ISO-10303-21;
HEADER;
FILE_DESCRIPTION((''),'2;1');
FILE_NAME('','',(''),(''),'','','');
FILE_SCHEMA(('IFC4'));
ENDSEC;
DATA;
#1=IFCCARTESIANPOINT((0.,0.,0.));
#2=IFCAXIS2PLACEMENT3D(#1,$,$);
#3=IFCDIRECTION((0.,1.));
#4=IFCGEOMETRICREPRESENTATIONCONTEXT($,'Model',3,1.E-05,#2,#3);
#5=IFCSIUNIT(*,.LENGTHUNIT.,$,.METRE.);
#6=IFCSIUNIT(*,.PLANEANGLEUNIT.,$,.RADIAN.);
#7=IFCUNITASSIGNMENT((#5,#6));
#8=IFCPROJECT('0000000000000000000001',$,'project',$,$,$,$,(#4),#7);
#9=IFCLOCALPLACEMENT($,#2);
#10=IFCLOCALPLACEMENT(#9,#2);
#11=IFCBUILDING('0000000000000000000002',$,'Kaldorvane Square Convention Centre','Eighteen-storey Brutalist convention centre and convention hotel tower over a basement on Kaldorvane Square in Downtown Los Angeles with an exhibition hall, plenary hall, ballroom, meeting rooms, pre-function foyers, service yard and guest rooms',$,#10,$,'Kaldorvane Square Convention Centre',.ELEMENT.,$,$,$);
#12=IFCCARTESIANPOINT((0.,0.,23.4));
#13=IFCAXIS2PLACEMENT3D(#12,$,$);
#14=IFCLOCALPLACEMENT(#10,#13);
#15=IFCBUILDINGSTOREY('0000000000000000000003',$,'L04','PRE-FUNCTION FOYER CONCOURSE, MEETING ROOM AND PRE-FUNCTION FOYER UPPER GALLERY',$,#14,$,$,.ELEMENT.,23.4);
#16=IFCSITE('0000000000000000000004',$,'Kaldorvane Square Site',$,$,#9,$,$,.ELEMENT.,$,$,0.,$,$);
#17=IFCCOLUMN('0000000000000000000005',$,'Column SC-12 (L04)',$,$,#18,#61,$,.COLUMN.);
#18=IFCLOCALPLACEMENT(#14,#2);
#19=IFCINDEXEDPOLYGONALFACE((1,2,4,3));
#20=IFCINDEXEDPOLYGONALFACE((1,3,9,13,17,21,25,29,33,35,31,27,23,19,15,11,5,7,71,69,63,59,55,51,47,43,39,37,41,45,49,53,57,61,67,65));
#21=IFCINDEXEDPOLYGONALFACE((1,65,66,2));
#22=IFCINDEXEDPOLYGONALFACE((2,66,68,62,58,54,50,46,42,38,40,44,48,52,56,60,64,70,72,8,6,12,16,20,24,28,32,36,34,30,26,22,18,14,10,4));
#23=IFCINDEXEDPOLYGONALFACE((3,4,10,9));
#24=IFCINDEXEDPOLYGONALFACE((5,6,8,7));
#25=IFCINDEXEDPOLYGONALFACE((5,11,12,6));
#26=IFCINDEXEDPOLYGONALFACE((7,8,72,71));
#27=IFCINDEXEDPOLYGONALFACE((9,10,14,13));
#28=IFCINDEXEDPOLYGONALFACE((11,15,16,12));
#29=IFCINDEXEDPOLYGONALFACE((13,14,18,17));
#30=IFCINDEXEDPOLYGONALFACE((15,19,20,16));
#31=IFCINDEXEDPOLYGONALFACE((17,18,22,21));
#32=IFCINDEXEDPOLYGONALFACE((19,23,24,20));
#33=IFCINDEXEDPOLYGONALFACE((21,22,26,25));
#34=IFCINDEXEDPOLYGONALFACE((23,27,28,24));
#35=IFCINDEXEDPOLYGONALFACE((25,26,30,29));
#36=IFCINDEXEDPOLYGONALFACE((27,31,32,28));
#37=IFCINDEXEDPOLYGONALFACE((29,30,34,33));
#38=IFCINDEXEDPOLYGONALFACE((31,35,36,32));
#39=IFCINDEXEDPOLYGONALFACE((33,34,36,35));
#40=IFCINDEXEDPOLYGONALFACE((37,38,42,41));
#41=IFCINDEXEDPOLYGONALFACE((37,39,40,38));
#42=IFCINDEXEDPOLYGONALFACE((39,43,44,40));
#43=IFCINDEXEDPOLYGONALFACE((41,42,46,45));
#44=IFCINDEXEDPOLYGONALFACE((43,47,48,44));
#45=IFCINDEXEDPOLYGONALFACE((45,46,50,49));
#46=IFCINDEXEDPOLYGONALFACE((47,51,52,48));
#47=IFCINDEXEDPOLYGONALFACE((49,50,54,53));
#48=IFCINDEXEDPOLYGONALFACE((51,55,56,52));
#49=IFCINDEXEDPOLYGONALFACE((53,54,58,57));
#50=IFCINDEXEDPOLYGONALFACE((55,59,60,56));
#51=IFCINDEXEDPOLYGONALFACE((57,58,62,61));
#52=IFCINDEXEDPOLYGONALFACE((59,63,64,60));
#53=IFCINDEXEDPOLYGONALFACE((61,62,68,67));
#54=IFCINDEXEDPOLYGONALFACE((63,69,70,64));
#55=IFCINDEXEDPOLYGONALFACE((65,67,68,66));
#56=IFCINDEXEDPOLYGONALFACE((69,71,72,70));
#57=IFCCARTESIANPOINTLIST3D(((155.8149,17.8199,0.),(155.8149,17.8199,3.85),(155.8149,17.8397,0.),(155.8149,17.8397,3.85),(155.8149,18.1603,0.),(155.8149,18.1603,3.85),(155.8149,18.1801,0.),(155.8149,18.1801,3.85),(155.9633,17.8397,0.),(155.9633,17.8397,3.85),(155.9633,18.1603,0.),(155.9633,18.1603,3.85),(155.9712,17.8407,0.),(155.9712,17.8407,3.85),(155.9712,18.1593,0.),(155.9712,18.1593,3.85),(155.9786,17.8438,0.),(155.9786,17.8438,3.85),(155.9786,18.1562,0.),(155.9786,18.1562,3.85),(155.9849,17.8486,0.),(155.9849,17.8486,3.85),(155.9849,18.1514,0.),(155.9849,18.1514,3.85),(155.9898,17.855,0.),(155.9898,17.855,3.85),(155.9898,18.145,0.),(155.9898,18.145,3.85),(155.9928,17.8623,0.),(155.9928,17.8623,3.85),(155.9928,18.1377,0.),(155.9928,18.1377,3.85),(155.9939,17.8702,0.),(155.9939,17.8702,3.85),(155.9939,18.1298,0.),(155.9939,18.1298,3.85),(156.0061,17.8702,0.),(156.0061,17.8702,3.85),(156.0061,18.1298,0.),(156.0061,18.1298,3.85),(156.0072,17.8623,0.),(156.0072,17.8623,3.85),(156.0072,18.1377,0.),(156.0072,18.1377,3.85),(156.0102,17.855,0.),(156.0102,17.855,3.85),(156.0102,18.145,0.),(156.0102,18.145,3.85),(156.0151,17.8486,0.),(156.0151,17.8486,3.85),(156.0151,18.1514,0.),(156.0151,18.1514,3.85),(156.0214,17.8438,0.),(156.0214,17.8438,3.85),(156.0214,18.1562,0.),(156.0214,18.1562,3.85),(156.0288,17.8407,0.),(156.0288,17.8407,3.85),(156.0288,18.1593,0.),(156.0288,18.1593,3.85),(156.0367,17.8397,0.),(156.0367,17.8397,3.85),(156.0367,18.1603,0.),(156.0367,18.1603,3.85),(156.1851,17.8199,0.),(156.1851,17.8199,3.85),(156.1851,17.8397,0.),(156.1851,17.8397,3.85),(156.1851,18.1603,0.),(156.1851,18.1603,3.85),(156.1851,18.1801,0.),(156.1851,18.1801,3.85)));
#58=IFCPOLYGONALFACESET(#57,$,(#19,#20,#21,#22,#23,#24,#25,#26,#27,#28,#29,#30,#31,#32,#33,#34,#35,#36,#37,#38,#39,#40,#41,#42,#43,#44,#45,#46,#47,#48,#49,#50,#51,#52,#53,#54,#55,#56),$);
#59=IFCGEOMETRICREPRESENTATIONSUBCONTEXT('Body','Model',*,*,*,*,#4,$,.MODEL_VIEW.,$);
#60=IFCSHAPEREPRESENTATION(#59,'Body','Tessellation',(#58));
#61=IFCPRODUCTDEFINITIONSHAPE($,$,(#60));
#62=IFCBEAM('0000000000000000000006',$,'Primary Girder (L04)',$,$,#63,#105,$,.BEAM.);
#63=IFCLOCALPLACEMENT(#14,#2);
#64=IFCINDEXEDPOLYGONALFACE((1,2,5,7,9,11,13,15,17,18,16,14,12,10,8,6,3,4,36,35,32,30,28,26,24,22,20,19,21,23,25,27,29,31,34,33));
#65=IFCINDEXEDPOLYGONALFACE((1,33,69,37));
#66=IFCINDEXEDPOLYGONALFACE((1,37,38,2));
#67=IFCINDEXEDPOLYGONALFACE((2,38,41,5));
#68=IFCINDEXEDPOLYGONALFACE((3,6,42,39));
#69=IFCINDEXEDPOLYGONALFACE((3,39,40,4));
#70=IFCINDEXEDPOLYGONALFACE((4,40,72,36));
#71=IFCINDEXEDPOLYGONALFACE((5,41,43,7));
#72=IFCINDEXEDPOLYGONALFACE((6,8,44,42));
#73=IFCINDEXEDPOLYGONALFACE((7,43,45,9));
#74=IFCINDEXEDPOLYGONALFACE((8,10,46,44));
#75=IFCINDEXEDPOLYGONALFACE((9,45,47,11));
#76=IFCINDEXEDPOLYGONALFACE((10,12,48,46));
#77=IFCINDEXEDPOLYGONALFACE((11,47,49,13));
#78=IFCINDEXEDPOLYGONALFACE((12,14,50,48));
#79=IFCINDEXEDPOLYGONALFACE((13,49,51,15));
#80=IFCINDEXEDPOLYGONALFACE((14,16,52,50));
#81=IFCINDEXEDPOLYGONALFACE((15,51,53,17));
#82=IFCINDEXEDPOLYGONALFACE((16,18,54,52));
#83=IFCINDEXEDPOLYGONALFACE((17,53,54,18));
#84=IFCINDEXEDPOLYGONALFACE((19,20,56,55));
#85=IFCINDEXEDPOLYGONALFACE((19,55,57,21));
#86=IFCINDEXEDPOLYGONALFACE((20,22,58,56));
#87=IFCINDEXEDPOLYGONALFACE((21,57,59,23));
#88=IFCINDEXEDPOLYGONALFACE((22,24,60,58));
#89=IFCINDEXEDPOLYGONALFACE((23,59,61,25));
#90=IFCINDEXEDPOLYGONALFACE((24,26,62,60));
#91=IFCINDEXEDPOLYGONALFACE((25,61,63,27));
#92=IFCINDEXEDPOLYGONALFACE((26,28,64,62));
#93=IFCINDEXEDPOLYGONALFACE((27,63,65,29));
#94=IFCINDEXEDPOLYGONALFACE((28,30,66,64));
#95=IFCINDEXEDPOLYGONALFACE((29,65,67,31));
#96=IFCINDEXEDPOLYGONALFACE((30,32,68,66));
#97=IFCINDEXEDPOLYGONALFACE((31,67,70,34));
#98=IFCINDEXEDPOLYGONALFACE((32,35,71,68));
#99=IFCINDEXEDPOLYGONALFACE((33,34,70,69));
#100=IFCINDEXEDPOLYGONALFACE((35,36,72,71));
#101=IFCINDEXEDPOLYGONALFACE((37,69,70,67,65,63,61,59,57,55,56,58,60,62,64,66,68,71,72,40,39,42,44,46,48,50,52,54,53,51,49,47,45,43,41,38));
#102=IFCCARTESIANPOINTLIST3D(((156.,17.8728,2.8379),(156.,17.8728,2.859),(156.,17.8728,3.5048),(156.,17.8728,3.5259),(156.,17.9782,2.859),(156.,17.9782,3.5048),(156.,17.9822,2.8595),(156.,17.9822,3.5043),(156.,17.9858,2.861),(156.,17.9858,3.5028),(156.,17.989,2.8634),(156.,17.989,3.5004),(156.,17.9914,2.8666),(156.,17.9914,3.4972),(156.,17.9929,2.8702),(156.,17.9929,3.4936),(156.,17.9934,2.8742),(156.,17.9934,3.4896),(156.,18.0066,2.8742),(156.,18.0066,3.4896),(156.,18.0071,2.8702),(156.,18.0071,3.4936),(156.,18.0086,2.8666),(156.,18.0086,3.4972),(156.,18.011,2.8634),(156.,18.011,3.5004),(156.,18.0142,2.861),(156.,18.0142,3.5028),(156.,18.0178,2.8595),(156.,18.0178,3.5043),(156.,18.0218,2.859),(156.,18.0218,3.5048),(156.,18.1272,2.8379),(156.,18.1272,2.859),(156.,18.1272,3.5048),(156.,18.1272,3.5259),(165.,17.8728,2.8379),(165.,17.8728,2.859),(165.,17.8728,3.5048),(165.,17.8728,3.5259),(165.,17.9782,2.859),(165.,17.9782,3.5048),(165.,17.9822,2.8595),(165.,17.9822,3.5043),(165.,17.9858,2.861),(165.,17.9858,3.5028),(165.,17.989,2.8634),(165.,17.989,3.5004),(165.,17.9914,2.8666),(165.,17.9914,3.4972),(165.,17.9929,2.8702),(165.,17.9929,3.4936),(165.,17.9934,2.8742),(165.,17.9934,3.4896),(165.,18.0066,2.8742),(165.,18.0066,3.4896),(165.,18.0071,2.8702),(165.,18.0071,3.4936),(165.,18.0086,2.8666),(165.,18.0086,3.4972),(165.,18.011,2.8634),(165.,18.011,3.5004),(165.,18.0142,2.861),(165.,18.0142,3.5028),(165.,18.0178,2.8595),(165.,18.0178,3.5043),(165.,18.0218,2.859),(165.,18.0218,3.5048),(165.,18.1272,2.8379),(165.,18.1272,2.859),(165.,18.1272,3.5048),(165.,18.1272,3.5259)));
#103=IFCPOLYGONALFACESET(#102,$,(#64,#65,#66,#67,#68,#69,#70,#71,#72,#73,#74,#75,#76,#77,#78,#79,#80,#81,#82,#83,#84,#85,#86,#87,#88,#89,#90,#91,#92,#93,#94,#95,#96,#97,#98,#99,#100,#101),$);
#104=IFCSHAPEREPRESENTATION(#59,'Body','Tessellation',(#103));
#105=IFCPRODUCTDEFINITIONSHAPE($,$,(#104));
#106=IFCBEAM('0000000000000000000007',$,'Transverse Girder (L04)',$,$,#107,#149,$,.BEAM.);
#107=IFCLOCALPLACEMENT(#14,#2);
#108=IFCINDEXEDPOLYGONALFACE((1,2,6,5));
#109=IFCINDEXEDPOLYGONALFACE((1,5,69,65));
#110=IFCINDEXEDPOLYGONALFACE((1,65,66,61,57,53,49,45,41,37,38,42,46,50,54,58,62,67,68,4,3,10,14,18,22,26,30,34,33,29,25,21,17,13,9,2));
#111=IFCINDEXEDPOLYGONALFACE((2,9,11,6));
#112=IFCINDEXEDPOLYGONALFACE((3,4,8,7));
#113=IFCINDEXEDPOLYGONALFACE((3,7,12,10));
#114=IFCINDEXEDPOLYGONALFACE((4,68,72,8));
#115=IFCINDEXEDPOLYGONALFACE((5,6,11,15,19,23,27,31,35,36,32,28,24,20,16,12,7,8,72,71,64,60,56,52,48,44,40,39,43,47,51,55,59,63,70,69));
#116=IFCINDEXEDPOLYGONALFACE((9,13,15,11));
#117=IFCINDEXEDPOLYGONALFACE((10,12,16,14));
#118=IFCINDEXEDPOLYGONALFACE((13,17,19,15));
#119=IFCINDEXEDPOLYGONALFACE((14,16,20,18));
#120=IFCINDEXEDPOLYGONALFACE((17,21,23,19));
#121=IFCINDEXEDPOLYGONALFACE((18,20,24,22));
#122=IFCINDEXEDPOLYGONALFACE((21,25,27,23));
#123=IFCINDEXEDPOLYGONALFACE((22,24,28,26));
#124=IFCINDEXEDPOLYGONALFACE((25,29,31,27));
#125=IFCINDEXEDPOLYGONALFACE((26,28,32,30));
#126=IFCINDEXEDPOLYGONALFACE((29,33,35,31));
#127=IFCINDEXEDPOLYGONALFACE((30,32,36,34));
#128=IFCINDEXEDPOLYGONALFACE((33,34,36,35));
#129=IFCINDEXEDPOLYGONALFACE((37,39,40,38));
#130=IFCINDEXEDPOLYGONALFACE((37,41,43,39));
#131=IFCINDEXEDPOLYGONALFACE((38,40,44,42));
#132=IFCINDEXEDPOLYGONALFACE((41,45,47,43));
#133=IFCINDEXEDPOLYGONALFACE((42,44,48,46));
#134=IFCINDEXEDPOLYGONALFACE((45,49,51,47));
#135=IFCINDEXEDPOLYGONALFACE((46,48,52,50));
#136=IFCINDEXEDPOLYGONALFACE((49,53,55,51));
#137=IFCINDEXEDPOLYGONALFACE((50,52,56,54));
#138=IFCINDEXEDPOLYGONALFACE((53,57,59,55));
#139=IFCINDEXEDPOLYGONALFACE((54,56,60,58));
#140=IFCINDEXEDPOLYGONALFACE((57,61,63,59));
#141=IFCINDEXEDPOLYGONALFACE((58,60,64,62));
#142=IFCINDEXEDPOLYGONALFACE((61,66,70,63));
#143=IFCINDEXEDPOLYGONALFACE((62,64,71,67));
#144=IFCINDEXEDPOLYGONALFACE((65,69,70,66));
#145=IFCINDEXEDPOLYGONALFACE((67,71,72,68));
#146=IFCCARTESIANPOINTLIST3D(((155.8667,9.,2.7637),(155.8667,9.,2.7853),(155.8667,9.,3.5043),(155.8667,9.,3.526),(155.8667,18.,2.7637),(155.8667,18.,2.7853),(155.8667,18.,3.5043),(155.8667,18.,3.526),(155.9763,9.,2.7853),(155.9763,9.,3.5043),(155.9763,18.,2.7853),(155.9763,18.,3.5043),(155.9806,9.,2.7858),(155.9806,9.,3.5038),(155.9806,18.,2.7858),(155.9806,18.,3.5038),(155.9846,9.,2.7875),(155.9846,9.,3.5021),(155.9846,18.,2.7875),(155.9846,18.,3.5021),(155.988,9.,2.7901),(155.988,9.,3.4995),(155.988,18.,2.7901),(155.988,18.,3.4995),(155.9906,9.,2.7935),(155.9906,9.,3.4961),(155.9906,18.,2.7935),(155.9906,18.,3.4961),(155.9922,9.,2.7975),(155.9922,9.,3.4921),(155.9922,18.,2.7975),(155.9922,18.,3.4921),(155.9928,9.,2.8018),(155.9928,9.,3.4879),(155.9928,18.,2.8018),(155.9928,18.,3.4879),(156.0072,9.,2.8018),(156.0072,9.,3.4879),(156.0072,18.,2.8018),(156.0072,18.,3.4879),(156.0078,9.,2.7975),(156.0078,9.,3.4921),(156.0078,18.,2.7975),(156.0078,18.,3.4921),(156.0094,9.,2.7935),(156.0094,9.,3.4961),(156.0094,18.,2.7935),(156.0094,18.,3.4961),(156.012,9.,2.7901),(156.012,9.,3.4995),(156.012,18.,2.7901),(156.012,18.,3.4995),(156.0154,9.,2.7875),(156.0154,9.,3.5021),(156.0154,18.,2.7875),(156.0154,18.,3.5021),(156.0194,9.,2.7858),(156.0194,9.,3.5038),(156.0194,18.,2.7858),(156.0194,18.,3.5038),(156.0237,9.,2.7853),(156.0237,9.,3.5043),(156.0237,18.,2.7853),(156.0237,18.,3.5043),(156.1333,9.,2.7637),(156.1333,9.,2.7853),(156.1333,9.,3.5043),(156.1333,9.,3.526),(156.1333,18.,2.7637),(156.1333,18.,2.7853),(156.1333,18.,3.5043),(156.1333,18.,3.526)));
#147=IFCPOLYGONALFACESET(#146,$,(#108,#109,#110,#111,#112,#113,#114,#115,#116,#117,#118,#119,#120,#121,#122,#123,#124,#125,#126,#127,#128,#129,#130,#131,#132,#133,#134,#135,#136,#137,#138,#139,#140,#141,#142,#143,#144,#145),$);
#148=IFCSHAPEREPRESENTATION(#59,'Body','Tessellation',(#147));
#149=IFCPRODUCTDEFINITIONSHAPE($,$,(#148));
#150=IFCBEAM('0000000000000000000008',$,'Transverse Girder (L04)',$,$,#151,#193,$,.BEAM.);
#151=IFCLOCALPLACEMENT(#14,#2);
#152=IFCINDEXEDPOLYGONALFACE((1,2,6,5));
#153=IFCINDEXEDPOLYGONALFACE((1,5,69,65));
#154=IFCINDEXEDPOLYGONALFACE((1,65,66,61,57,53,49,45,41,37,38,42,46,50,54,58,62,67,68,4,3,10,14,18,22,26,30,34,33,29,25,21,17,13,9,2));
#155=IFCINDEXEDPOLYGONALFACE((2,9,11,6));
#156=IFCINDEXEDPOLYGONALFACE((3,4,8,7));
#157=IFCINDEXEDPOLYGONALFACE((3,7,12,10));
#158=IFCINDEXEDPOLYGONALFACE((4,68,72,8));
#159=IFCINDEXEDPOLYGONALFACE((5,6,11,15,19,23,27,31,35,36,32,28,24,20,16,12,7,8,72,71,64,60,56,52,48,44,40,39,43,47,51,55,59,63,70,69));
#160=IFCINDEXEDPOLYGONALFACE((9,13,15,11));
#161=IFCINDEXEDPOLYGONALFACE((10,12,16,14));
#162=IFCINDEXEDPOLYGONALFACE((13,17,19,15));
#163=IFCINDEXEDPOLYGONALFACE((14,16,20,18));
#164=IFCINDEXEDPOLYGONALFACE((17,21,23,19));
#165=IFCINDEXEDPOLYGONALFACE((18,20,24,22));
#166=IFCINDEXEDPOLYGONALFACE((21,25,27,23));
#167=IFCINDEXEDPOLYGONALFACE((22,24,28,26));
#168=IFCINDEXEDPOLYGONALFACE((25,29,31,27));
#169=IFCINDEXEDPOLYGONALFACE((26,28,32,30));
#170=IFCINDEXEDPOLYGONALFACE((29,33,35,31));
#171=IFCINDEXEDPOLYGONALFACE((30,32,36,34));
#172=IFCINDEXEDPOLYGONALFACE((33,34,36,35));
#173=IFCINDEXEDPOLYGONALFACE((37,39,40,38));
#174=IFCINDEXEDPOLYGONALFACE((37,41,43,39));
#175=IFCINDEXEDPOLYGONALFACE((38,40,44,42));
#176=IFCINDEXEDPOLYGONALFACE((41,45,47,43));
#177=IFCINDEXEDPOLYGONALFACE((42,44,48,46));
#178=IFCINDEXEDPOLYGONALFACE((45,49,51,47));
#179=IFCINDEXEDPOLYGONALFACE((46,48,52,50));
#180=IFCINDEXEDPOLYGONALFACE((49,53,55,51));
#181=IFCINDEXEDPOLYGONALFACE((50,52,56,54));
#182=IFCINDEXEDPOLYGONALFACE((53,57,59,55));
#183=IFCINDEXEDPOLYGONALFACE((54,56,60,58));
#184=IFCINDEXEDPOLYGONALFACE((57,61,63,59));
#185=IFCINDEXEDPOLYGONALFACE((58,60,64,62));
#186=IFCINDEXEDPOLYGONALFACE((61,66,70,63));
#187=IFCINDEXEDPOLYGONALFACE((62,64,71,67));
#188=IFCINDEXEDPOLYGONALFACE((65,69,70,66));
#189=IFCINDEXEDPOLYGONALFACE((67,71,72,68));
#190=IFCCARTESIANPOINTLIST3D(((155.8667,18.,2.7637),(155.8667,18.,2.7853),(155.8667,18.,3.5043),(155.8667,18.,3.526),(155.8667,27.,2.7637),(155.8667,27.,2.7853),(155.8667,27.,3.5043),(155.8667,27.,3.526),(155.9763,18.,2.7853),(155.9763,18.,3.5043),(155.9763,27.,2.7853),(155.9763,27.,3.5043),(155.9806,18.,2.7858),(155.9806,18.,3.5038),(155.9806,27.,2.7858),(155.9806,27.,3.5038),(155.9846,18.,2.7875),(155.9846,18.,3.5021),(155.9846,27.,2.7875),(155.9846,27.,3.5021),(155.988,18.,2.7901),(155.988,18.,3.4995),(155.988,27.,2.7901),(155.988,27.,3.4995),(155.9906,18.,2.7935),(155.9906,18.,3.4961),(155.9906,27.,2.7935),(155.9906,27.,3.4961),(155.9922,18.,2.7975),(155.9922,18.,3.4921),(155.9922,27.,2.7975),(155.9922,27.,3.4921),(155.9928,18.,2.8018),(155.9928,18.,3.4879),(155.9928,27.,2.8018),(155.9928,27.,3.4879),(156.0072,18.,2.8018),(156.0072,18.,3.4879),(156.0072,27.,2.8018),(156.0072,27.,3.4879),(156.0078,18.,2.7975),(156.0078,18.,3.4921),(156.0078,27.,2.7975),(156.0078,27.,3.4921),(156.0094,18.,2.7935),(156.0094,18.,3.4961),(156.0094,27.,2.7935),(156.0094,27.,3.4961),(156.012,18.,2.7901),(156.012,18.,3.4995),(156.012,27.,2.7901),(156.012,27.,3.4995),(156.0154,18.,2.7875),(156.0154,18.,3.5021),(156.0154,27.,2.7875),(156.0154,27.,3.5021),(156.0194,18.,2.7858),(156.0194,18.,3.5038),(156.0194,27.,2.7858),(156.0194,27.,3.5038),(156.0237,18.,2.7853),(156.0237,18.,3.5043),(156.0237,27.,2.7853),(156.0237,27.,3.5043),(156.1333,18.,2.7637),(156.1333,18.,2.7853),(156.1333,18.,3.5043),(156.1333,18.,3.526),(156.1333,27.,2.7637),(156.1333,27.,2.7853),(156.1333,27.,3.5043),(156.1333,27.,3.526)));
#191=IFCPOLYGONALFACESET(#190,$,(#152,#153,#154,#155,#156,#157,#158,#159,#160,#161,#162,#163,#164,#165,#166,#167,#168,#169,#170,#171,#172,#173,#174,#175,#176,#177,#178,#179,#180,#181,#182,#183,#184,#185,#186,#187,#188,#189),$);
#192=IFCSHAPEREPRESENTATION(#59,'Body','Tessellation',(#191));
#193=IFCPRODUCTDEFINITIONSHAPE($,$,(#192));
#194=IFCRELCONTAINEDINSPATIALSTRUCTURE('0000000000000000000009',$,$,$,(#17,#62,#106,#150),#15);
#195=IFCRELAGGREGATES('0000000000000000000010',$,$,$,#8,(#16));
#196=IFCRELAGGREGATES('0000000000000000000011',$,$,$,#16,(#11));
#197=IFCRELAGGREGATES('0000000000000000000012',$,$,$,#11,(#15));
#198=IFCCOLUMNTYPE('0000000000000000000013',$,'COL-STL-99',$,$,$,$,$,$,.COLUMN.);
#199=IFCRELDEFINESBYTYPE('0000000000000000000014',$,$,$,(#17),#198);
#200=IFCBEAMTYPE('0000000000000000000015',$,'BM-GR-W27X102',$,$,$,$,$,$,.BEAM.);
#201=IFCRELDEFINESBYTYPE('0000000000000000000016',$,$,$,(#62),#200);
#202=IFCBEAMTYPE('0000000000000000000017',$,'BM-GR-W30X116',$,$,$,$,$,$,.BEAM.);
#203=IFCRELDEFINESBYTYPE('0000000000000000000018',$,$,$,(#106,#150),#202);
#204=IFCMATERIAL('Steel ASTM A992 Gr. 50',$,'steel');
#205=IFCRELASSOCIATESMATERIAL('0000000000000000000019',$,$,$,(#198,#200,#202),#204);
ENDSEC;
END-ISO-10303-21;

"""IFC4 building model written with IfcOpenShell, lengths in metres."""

from ifc_helpers import new_model, si_unit, direction, frame, origin, origin_2d, place, context, subcontext, project, spatial, i_section, extrude, material, material_profile, profile_set, type_object, element, save


model = new_model("IFC4")

# Units and contexts
model_context = context("Model", 3, precision=1e-05, world=origin(), true_north=direction((0.0, 1.0)))
body_context = subcontext(model_context, "Body", "Model", "MODEL_VIEW")
ifc_project = project(units=[si_unit("LENGTHUNIT", "METRE"), si_unit("PLANEANGLEUNIT", "RADIAN")], contexts=[model_context])

# Site, building, storey
site_placement = place(None, origin())
site = spatial("IfcSite", under=ifc_project, at=site_placement, Name="Kaldorvane Square Site", CompositionType="ELEMENT", RefElevation=0.0)
building_placement = place(site_placement, origin())
building = spatial("IfcBuilding", under=site, at=building_placement, Name="Kaldorvane Square Convention Centre", Description="Eighteen-storey Brutalist convention centre and convention hotel tower over a basement on Kaldorvane Square in Downtown Los Angeles with an exhibition hall, plenary hall, ballroom, meeting rooms, pre-function foyers, service yard and guest rooms", LongName="Kaldorvane Square Convention Centre", CompositionType="ELEMENT")
storey_placement = place(building_placement, frame((0.0, 0.0, 23.4)))
storey = spatial("IfcBuildingStorey", under=building, at=storey_placement, Name="L04", Description="PRE-FUNCTION FOYER CONCOURSE, MEETING ROOM AND PRE-FUNCTION FOYER UPPER GALLERY", CompositionType="ELEMENT", Elevation=23.4)

# Column
ifc_material_1 = material(Name="Steel ASTM A992 Gr. 50", Category="steel")
ifc_material_profile_1 = material_profile(ifc_material_1, i_section(OverallWidth=0.3701, OverallDepth=0.3602, WebThickness=0.0123, FlangeThickness=0.0198, FilletRadius=0.0305, at=origin_2d()), Name="W14X99")
ifc_profile_set_1 = profile_set([ifc_material_profile_1], Name="Steel ASTM A992 Gr. 50")
column_type = type_object("IfcColumnType", Name="COL-STL-99", PredefinedType="COLUMN", material=ifc_profile_set_1)
column_placement = place(storey_placement, frame((156.0, 18.0, 0.0), z_axis=(0.0, 0.0, 1.0), x_axis=(1.0, 0.0, 0.0)))
element("IfcColumn", 1, at=column_placement, inside=storey, type_object=column_type, Name="Column SC-12 (L04)", PredefinedType="COLUMN", context=body_context, shape_type="SweptSolid", body=[
    extrude(i_section(OverallWidth=0.3701, OverallDepth=0.3602, WebThickness=0.0123, FlangeThickness=0.0198, FilletRadius=0.0305, at=origin_2d()), origin(), (0.0, 0.0, 1.0), 3.85),
])

# Beams
ifc_material_profile_2 = material_profile(ifc_material_1, i_section(OverallWidth=0.2544, OverallDepth=0.6881, WebThickness=0.0131, FlangeThickness=0.0211, FilletRadius=0.0152, at=origin_2d()), Name="W27X102")
ifc_profile_set_2 = profile_set([ifc_material_profile_2], Name="Steel ASTM A992 Gr. 50")
beam_type_1 = type_object("IfcBeamType", Name="BM-GR-W27X102", PredefinedType="BEAM", material=ifc_profile_set_2)
beam_placement = place(storey_placement, frame((156.0, 18.0, 3.1819), z_axis=(1.0, 0.0, 0.0), x_axis=(0.0, 1.0, 0.0)))
element("IfcBeam", 2, at=beam_placement, inside=storey, type_object=beam_type_1, Name="Primary Girder (L04)", PredefinedType="BEAM", context=body_context, shape_type="SweptSolid", body=[
    extrude(i_section(OverallWidth=0.2544, OverallDepth=0.6881, WebThickness=0.0131, FlangeThickness=0.0211, FilletRadius=0.0152, at=origin_2d()), origin(), (0.0, 0.0, 1.0), 9.0),
])
ifc_material_profile_3 = material_profile(ifc_material_1, i_section(OverallWidth=0.2666, OverallDepth=0.7623, WebThickness=0.0144, FlangeThickness=0.0216, FilletRadius=0.0165, at=origin_2d()), Name="W30X116")
ifc_profile_set_3 = profile_set([ifc_material_profile_3], Name="Steel ASTM A992 Gr. 50")
beam_type_2 = type_object("IfcBeamType", Name="BM-GR-W30X116", PredefinedType="BEAM", material=ifc_profile_set_3)
for number, where, z_axis, x_axis, name in (
    (3, (156.0, 9.0, 3.1448), (0.0, 1.0, 0.0), (-1.0, 0.0, 0.0), "Transverse Girder (L04)"),
    (4, (156.0, 18.0, 3.1448), (0.0, 1.0, 0.0), (-1.0, 0.0, 0.0), "Transverse Girder (L04)"),
):
    element("IfcBeam", number, at=place(storey_placement, frame(where, z_axis=z_axis, x_axis=x_axis)), inside=storey, type_object=beam_type_2, Name=name, PredefinedType="BEAM", context=body_context, shape_type="SweptSolid", body=[
        extrude(i_section(OverallWidth=0.2666, OverallDepth=0.7623, WebThickness=0.0144, FlangeThickness=0.0216, FilletRadius=0.0165, at=origin_2d()), origin(), (0.0, 0.0, 1.0), 9.0),
    ])

save(model, "model.ifc")
